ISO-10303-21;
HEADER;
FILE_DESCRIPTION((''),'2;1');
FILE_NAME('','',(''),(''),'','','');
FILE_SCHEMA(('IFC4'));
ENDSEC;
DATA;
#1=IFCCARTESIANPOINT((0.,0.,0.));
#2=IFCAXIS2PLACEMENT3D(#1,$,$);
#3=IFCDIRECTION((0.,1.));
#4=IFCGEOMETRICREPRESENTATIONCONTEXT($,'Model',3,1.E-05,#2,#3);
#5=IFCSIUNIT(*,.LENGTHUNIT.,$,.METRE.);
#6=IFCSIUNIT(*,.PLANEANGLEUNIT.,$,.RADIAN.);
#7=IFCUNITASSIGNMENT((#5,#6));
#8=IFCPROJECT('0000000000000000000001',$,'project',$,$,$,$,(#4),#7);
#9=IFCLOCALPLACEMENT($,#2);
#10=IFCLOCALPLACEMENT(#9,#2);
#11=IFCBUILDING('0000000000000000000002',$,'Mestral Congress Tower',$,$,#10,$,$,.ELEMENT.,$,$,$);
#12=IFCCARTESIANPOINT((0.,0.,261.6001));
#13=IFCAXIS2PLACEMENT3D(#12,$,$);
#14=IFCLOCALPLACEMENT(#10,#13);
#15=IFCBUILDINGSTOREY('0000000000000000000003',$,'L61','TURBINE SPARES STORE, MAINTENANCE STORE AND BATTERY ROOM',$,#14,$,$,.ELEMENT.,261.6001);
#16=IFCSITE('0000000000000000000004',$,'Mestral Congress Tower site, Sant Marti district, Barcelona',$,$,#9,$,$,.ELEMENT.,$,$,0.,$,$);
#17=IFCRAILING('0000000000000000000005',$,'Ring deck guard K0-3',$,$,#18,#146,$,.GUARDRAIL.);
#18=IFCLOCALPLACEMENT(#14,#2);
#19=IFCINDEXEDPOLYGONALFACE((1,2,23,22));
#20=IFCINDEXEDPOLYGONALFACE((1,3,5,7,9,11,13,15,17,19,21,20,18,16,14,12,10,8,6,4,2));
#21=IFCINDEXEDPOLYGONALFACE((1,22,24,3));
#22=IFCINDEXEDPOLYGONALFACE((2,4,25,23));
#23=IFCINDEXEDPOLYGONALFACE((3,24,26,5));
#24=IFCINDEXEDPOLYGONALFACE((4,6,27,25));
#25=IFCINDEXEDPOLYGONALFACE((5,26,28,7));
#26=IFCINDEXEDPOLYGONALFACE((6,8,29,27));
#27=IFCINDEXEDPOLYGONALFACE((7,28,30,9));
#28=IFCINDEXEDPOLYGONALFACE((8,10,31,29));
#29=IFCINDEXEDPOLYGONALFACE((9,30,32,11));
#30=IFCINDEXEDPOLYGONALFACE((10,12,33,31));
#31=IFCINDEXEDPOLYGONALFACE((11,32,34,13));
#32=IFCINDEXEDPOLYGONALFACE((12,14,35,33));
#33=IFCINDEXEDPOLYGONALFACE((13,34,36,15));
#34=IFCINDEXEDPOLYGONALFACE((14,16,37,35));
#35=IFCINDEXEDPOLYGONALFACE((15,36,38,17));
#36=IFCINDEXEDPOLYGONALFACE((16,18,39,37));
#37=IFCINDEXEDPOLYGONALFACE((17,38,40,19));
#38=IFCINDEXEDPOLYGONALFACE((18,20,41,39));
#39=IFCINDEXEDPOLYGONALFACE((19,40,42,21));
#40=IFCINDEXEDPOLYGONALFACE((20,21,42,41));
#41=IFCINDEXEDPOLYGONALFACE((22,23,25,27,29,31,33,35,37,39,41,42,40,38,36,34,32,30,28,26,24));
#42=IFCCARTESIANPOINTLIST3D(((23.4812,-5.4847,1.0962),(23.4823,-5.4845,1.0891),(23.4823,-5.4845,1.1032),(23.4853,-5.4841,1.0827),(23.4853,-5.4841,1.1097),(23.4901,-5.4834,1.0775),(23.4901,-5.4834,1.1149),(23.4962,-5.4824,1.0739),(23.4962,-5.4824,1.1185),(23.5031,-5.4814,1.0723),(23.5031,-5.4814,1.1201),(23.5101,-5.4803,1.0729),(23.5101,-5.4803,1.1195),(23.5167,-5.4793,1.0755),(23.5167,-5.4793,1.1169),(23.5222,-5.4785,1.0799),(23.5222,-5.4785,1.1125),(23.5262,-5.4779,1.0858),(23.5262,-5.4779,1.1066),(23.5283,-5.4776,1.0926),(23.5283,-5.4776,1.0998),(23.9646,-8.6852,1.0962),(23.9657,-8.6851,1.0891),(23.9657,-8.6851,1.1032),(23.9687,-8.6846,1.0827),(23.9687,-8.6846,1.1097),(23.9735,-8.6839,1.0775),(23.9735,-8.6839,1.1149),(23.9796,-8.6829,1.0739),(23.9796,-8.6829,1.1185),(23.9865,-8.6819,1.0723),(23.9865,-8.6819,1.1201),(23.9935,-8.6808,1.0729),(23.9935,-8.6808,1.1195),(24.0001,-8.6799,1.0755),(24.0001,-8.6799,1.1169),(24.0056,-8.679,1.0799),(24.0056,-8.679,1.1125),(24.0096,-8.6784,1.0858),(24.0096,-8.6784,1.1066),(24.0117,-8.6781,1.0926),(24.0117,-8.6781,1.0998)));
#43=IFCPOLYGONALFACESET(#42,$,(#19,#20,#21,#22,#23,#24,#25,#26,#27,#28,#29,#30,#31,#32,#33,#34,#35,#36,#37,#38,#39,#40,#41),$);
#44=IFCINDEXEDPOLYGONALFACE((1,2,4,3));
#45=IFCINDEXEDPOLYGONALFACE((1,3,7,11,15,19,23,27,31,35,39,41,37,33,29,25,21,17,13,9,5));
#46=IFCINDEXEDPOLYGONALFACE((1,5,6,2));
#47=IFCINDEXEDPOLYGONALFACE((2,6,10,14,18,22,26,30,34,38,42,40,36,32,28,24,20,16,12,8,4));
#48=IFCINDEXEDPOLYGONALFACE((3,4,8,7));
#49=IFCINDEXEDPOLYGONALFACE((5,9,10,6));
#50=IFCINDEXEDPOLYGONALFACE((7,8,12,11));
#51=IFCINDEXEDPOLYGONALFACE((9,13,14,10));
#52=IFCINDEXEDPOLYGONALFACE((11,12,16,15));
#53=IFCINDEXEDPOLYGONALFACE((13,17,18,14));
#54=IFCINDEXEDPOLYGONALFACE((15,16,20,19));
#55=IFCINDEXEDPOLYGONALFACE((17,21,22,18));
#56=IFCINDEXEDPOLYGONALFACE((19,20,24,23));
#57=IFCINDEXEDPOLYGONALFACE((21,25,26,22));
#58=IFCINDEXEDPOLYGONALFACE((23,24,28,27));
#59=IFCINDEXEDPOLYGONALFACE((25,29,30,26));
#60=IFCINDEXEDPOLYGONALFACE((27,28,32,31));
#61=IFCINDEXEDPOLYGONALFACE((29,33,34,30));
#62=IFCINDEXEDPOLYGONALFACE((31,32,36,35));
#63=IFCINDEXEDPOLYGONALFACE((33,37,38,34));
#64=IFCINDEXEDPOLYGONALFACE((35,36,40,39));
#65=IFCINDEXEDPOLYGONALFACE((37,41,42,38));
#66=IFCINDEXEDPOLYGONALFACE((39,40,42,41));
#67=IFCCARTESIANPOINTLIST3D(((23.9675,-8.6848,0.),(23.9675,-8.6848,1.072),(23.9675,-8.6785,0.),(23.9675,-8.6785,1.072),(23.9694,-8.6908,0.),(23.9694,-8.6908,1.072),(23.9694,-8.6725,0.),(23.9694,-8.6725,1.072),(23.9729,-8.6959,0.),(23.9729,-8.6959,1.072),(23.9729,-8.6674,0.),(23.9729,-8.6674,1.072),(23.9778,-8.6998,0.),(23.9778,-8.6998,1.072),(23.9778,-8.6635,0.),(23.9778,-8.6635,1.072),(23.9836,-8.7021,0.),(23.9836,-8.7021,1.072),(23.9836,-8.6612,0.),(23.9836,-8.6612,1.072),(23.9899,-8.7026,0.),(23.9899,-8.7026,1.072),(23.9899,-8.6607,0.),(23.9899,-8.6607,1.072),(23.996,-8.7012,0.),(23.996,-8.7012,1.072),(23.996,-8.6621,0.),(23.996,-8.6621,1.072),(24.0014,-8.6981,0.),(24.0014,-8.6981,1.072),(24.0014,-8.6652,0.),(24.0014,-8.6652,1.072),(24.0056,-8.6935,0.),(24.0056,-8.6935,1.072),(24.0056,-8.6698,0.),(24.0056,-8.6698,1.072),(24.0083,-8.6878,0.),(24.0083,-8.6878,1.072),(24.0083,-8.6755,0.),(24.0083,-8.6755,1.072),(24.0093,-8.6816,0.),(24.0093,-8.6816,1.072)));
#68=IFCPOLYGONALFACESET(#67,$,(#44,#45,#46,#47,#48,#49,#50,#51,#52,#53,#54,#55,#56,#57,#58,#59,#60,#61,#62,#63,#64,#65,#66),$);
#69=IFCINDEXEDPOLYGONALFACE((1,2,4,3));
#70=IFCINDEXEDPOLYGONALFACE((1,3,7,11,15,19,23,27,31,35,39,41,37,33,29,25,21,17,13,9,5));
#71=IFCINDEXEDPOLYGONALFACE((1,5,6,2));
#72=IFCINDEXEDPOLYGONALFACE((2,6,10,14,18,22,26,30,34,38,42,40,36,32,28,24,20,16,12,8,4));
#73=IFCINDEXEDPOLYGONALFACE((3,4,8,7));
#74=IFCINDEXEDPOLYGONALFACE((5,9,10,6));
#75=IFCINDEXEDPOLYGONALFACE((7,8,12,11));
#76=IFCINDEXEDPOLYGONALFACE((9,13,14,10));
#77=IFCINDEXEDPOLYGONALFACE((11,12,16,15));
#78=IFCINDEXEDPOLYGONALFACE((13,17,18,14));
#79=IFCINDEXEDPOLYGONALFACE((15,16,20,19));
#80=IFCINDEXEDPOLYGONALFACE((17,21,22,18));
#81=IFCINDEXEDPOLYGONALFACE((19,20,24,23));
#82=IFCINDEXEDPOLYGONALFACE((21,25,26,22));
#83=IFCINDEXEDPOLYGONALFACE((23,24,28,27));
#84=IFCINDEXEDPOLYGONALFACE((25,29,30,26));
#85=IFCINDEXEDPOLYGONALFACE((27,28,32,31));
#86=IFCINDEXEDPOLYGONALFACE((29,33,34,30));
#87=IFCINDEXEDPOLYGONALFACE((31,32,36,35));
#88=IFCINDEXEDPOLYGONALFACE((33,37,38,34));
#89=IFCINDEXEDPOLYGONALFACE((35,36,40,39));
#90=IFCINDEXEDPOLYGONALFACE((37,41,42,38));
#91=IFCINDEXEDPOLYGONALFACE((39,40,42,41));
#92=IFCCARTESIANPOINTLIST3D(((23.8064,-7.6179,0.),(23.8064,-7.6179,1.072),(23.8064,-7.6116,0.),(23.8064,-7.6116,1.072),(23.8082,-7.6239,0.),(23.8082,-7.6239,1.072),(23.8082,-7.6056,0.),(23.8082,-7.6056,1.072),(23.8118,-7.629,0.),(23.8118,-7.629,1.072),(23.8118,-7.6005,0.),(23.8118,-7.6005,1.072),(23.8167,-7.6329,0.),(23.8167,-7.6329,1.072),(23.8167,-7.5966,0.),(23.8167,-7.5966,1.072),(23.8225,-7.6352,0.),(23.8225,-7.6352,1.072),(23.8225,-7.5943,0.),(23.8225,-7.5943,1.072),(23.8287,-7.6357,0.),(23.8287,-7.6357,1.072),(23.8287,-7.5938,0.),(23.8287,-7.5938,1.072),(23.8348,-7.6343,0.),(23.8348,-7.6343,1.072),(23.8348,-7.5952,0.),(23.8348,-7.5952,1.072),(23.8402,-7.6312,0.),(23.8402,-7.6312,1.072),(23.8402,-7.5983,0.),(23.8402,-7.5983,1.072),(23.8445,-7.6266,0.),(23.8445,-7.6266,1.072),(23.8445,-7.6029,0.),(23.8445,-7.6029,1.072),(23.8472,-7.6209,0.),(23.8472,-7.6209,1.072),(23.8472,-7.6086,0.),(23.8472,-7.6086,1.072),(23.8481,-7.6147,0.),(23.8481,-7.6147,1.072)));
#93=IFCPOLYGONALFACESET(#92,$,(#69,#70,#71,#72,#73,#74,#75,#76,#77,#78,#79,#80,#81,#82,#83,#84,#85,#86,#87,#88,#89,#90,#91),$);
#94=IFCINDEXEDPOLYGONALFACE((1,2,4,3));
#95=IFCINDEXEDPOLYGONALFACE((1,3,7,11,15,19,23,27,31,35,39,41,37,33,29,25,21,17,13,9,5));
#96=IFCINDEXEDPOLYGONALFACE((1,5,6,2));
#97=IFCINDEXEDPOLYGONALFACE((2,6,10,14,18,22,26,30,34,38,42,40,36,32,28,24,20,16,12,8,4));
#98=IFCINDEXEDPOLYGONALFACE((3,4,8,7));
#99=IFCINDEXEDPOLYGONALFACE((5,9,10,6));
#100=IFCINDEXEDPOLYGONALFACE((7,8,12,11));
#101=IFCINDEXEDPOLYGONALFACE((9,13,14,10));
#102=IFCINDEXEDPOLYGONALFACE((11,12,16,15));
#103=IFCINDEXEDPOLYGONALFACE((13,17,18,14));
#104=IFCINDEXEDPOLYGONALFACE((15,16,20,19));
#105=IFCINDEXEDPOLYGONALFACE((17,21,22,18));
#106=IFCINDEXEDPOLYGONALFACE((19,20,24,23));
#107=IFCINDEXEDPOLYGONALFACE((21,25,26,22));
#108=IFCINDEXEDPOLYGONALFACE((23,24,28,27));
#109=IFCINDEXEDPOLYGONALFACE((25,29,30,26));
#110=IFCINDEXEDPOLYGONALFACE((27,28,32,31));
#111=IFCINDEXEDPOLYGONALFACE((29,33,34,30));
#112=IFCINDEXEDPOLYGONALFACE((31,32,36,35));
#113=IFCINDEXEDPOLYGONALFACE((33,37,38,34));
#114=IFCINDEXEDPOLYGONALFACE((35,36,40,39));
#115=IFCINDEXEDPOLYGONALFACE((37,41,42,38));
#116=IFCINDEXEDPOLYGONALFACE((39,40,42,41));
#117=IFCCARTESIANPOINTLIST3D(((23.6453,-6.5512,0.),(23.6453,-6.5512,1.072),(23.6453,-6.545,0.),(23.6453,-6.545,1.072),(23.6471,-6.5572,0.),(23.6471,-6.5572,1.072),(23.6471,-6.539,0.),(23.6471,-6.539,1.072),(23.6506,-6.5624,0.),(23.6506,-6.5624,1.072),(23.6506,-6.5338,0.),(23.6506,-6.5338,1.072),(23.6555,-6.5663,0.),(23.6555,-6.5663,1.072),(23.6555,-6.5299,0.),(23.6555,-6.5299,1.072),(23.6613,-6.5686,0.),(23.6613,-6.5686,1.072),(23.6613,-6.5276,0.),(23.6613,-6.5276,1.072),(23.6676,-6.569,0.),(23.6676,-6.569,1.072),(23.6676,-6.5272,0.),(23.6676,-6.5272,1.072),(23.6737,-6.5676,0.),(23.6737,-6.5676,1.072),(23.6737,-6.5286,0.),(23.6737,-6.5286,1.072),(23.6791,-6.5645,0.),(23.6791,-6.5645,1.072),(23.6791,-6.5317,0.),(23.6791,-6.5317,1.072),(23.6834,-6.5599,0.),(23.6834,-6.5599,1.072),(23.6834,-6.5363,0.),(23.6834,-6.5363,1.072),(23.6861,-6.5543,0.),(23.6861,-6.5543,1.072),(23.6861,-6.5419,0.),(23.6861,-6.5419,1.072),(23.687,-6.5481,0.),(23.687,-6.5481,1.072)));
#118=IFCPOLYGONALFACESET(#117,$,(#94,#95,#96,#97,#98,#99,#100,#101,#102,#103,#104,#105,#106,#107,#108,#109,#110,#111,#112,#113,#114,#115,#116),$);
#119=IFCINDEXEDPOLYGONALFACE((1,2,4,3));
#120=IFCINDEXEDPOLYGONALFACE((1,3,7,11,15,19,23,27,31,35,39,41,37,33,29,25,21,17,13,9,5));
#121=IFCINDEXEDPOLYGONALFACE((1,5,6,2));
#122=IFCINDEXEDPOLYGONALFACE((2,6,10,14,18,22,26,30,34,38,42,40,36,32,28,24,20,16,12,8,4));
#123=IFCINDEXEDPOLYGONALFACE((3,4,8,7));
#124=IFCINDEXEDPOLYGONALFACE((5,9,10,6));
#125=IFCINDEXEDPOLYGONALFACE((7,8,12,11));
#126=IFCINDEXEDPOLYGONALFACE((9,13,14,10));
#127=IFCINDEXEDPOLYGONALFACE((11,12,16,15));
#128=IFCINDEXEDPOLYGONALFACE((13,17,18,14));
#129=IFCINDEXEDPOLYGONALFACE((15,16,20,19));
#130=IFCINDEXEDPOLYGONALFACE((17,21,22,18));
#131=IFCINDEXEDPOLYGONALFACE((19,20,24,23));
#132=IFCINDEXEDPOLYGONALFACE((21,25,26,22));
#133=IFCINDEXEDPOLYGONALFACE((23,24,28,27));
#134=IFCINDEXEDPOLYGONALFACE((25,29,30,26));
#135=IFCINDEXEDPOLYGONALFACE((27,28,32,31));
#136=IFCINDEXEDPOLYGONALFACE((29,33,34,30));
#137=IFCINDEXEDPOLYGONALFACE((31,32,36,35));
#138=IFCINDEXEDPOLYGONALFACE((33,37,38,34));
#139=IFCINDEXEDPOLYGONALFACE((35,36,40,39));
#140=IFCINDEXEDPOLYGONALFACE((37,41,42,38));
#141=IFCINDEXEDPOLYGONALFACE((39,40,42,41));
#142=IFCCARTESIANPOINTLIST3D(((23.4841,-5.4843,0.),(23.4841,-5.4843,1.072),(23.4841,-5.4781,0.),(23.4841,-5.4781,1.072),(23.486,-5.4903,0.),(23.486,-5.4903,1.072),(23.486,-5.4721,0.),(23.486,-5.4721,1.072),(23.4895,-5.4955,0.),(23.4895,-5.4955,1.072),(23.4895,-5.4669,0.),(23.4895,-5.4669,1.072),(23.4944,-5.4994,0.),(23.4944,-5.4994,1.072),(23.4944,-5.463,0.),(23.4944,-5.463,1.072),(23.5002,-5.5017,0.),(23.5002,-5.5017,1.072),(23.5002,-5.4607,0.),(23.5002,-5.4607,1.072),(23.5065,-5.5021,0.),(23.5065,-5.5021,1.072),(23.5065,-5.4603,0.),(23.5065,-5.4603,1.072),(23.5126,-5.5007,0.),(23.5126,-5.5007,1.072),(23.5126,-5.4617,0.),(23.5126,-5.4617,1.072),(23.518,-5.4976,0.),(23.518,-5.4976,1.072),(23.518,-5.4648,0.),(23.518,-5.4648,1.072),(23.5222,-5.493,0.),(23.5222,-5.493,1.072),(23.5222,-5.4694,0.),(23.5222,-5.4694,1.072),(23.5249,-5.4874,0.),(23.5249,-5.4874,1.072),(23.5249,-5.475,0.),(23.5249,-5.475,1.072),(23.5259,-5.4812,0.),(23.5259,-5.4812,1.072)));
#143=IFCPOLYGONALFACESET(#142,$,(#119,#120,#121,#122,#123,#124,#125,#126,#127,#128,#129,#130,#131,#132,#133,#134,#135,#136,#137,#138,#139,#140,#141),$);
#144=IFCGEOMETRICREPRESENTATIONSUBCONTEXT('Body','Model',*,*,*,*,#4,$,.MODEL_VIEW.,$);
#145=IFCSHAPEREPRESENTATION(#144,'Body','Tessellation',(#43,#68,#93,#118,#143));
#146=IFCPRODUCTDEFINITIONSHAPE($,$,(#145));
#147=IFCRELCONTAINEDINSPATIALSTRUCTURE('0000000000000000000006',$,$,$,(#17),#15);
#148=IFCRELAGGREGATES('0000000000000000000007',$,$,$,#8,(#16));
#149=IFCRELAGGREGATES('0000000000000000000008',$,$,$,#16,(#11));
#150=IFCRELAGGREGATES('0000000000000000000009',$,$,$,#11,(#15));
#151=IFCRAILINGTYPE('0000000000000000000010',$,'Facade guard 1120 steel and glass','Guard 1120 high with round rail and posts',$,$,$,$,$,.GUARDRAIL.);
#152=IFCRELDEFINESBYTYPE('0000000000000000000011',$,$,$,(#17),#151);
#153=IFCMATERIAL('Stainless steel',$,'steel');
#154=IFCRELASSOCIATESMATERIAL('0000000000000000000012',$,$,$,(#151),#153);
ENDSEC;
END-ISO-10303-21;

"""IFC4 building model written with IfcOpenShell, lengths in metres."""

from ifc_helpers import new_model, si_unit, direction, frame, origin, origin_2d, place, context, subcontext, project, spatial, circle, extrude, material, type_object, element, save


model = new_model("IFC4")

# Units and contexts
model_context = context("Model", 3, precision=1e-05, world=origin(), true_north=direction((0.0, 1.0)))
body_context = subcontext(model_context, "Body", "Model", "MODEL_VIEW")
ifc_project = project(units=[si_unit("LENGTHUNIT", "METRE"), si_unit("PLANEANGLEUNIT", "RADIAN")], contexts=[model_context])

# Site, building, storey
site_placement = place(None, origin())
site = spatial("IfcSite", under=ifc_project, at=site_placement, Name="Mestral Congress Tower site, Sant Marti district, Barcelona", CompositionType="ELEMENT", RefElevation=0.0)
building_placement = place(site_placement, origin())
building = spatial("IfcBuilding", under=site, at=building_placement, Name="Mestral Congress Tower", CompositionType="ELEMENT")
storey_placement = place(building_placement, frame((0.0, 0.0, 261.6001)))
storey = spatial("IfcBuildingStorey", under=building, at=storey_placement, Name="L61", Description="TURBINE SPARES STORE, MAINTENANCE STORE AND BATTERY ROOM", CompositionType="ELEMENT", Elevation=261.6001)

# Railing
ifc_material_1 = material(Name="Stainless steel", Category="steel")
railing_type = type_object("IfcRailingType", Name="Facade guard 1120 steel and glass", Description="Guard 1120 high with round rail and posts", PredefinedType="GUARDRAIL", material=ifc_material_1)
railing_1_placement = place(storey_placement, frame((23.9883, -8.6816, 0.0)))
element("IfcRailing", 1, at=railing_1_placement, inside=storey, type_object=railing_type, Name="Ring deck guard K0-3", PredefinedType="GUARDRAIL", context=body_context, shape_type="SweptSolid", body=[
    extrude(circle(Radius=0.0239, at=origin_2d()), frame((0.0, 0.0, 1.0962), z_axis=(-0.149347, 0.988785, 0.0), x_axis=(-0.988785, -0.149347, 0.0)), (0.0, 0.0, 1.0), 3.2368),
    extrude(circle(Radius=0.021, at=origin_2d()), origin(), (0.0, 0.0, 1.0), 1.072),
    extrude(circle(Radius=0.021, at=origin_2d()), frame((-0.1611, 1.0669, 0.0)), (0.0, 0.0, 1.0), 1.072),
    extrude(circle(Radius=0.021, at=origin_2d()), frame((-0.3223, 2.1335, 0.0)), (0.0, 0.0, 1.0), 1.072),
    extrude(circle(Radius=0.021, at=origin_2d()), frame((-0.4834, 3.2004, 0.0)), (0.0, 0.0, 1.0), 1.072),
])

save(model, "model.ifc")
